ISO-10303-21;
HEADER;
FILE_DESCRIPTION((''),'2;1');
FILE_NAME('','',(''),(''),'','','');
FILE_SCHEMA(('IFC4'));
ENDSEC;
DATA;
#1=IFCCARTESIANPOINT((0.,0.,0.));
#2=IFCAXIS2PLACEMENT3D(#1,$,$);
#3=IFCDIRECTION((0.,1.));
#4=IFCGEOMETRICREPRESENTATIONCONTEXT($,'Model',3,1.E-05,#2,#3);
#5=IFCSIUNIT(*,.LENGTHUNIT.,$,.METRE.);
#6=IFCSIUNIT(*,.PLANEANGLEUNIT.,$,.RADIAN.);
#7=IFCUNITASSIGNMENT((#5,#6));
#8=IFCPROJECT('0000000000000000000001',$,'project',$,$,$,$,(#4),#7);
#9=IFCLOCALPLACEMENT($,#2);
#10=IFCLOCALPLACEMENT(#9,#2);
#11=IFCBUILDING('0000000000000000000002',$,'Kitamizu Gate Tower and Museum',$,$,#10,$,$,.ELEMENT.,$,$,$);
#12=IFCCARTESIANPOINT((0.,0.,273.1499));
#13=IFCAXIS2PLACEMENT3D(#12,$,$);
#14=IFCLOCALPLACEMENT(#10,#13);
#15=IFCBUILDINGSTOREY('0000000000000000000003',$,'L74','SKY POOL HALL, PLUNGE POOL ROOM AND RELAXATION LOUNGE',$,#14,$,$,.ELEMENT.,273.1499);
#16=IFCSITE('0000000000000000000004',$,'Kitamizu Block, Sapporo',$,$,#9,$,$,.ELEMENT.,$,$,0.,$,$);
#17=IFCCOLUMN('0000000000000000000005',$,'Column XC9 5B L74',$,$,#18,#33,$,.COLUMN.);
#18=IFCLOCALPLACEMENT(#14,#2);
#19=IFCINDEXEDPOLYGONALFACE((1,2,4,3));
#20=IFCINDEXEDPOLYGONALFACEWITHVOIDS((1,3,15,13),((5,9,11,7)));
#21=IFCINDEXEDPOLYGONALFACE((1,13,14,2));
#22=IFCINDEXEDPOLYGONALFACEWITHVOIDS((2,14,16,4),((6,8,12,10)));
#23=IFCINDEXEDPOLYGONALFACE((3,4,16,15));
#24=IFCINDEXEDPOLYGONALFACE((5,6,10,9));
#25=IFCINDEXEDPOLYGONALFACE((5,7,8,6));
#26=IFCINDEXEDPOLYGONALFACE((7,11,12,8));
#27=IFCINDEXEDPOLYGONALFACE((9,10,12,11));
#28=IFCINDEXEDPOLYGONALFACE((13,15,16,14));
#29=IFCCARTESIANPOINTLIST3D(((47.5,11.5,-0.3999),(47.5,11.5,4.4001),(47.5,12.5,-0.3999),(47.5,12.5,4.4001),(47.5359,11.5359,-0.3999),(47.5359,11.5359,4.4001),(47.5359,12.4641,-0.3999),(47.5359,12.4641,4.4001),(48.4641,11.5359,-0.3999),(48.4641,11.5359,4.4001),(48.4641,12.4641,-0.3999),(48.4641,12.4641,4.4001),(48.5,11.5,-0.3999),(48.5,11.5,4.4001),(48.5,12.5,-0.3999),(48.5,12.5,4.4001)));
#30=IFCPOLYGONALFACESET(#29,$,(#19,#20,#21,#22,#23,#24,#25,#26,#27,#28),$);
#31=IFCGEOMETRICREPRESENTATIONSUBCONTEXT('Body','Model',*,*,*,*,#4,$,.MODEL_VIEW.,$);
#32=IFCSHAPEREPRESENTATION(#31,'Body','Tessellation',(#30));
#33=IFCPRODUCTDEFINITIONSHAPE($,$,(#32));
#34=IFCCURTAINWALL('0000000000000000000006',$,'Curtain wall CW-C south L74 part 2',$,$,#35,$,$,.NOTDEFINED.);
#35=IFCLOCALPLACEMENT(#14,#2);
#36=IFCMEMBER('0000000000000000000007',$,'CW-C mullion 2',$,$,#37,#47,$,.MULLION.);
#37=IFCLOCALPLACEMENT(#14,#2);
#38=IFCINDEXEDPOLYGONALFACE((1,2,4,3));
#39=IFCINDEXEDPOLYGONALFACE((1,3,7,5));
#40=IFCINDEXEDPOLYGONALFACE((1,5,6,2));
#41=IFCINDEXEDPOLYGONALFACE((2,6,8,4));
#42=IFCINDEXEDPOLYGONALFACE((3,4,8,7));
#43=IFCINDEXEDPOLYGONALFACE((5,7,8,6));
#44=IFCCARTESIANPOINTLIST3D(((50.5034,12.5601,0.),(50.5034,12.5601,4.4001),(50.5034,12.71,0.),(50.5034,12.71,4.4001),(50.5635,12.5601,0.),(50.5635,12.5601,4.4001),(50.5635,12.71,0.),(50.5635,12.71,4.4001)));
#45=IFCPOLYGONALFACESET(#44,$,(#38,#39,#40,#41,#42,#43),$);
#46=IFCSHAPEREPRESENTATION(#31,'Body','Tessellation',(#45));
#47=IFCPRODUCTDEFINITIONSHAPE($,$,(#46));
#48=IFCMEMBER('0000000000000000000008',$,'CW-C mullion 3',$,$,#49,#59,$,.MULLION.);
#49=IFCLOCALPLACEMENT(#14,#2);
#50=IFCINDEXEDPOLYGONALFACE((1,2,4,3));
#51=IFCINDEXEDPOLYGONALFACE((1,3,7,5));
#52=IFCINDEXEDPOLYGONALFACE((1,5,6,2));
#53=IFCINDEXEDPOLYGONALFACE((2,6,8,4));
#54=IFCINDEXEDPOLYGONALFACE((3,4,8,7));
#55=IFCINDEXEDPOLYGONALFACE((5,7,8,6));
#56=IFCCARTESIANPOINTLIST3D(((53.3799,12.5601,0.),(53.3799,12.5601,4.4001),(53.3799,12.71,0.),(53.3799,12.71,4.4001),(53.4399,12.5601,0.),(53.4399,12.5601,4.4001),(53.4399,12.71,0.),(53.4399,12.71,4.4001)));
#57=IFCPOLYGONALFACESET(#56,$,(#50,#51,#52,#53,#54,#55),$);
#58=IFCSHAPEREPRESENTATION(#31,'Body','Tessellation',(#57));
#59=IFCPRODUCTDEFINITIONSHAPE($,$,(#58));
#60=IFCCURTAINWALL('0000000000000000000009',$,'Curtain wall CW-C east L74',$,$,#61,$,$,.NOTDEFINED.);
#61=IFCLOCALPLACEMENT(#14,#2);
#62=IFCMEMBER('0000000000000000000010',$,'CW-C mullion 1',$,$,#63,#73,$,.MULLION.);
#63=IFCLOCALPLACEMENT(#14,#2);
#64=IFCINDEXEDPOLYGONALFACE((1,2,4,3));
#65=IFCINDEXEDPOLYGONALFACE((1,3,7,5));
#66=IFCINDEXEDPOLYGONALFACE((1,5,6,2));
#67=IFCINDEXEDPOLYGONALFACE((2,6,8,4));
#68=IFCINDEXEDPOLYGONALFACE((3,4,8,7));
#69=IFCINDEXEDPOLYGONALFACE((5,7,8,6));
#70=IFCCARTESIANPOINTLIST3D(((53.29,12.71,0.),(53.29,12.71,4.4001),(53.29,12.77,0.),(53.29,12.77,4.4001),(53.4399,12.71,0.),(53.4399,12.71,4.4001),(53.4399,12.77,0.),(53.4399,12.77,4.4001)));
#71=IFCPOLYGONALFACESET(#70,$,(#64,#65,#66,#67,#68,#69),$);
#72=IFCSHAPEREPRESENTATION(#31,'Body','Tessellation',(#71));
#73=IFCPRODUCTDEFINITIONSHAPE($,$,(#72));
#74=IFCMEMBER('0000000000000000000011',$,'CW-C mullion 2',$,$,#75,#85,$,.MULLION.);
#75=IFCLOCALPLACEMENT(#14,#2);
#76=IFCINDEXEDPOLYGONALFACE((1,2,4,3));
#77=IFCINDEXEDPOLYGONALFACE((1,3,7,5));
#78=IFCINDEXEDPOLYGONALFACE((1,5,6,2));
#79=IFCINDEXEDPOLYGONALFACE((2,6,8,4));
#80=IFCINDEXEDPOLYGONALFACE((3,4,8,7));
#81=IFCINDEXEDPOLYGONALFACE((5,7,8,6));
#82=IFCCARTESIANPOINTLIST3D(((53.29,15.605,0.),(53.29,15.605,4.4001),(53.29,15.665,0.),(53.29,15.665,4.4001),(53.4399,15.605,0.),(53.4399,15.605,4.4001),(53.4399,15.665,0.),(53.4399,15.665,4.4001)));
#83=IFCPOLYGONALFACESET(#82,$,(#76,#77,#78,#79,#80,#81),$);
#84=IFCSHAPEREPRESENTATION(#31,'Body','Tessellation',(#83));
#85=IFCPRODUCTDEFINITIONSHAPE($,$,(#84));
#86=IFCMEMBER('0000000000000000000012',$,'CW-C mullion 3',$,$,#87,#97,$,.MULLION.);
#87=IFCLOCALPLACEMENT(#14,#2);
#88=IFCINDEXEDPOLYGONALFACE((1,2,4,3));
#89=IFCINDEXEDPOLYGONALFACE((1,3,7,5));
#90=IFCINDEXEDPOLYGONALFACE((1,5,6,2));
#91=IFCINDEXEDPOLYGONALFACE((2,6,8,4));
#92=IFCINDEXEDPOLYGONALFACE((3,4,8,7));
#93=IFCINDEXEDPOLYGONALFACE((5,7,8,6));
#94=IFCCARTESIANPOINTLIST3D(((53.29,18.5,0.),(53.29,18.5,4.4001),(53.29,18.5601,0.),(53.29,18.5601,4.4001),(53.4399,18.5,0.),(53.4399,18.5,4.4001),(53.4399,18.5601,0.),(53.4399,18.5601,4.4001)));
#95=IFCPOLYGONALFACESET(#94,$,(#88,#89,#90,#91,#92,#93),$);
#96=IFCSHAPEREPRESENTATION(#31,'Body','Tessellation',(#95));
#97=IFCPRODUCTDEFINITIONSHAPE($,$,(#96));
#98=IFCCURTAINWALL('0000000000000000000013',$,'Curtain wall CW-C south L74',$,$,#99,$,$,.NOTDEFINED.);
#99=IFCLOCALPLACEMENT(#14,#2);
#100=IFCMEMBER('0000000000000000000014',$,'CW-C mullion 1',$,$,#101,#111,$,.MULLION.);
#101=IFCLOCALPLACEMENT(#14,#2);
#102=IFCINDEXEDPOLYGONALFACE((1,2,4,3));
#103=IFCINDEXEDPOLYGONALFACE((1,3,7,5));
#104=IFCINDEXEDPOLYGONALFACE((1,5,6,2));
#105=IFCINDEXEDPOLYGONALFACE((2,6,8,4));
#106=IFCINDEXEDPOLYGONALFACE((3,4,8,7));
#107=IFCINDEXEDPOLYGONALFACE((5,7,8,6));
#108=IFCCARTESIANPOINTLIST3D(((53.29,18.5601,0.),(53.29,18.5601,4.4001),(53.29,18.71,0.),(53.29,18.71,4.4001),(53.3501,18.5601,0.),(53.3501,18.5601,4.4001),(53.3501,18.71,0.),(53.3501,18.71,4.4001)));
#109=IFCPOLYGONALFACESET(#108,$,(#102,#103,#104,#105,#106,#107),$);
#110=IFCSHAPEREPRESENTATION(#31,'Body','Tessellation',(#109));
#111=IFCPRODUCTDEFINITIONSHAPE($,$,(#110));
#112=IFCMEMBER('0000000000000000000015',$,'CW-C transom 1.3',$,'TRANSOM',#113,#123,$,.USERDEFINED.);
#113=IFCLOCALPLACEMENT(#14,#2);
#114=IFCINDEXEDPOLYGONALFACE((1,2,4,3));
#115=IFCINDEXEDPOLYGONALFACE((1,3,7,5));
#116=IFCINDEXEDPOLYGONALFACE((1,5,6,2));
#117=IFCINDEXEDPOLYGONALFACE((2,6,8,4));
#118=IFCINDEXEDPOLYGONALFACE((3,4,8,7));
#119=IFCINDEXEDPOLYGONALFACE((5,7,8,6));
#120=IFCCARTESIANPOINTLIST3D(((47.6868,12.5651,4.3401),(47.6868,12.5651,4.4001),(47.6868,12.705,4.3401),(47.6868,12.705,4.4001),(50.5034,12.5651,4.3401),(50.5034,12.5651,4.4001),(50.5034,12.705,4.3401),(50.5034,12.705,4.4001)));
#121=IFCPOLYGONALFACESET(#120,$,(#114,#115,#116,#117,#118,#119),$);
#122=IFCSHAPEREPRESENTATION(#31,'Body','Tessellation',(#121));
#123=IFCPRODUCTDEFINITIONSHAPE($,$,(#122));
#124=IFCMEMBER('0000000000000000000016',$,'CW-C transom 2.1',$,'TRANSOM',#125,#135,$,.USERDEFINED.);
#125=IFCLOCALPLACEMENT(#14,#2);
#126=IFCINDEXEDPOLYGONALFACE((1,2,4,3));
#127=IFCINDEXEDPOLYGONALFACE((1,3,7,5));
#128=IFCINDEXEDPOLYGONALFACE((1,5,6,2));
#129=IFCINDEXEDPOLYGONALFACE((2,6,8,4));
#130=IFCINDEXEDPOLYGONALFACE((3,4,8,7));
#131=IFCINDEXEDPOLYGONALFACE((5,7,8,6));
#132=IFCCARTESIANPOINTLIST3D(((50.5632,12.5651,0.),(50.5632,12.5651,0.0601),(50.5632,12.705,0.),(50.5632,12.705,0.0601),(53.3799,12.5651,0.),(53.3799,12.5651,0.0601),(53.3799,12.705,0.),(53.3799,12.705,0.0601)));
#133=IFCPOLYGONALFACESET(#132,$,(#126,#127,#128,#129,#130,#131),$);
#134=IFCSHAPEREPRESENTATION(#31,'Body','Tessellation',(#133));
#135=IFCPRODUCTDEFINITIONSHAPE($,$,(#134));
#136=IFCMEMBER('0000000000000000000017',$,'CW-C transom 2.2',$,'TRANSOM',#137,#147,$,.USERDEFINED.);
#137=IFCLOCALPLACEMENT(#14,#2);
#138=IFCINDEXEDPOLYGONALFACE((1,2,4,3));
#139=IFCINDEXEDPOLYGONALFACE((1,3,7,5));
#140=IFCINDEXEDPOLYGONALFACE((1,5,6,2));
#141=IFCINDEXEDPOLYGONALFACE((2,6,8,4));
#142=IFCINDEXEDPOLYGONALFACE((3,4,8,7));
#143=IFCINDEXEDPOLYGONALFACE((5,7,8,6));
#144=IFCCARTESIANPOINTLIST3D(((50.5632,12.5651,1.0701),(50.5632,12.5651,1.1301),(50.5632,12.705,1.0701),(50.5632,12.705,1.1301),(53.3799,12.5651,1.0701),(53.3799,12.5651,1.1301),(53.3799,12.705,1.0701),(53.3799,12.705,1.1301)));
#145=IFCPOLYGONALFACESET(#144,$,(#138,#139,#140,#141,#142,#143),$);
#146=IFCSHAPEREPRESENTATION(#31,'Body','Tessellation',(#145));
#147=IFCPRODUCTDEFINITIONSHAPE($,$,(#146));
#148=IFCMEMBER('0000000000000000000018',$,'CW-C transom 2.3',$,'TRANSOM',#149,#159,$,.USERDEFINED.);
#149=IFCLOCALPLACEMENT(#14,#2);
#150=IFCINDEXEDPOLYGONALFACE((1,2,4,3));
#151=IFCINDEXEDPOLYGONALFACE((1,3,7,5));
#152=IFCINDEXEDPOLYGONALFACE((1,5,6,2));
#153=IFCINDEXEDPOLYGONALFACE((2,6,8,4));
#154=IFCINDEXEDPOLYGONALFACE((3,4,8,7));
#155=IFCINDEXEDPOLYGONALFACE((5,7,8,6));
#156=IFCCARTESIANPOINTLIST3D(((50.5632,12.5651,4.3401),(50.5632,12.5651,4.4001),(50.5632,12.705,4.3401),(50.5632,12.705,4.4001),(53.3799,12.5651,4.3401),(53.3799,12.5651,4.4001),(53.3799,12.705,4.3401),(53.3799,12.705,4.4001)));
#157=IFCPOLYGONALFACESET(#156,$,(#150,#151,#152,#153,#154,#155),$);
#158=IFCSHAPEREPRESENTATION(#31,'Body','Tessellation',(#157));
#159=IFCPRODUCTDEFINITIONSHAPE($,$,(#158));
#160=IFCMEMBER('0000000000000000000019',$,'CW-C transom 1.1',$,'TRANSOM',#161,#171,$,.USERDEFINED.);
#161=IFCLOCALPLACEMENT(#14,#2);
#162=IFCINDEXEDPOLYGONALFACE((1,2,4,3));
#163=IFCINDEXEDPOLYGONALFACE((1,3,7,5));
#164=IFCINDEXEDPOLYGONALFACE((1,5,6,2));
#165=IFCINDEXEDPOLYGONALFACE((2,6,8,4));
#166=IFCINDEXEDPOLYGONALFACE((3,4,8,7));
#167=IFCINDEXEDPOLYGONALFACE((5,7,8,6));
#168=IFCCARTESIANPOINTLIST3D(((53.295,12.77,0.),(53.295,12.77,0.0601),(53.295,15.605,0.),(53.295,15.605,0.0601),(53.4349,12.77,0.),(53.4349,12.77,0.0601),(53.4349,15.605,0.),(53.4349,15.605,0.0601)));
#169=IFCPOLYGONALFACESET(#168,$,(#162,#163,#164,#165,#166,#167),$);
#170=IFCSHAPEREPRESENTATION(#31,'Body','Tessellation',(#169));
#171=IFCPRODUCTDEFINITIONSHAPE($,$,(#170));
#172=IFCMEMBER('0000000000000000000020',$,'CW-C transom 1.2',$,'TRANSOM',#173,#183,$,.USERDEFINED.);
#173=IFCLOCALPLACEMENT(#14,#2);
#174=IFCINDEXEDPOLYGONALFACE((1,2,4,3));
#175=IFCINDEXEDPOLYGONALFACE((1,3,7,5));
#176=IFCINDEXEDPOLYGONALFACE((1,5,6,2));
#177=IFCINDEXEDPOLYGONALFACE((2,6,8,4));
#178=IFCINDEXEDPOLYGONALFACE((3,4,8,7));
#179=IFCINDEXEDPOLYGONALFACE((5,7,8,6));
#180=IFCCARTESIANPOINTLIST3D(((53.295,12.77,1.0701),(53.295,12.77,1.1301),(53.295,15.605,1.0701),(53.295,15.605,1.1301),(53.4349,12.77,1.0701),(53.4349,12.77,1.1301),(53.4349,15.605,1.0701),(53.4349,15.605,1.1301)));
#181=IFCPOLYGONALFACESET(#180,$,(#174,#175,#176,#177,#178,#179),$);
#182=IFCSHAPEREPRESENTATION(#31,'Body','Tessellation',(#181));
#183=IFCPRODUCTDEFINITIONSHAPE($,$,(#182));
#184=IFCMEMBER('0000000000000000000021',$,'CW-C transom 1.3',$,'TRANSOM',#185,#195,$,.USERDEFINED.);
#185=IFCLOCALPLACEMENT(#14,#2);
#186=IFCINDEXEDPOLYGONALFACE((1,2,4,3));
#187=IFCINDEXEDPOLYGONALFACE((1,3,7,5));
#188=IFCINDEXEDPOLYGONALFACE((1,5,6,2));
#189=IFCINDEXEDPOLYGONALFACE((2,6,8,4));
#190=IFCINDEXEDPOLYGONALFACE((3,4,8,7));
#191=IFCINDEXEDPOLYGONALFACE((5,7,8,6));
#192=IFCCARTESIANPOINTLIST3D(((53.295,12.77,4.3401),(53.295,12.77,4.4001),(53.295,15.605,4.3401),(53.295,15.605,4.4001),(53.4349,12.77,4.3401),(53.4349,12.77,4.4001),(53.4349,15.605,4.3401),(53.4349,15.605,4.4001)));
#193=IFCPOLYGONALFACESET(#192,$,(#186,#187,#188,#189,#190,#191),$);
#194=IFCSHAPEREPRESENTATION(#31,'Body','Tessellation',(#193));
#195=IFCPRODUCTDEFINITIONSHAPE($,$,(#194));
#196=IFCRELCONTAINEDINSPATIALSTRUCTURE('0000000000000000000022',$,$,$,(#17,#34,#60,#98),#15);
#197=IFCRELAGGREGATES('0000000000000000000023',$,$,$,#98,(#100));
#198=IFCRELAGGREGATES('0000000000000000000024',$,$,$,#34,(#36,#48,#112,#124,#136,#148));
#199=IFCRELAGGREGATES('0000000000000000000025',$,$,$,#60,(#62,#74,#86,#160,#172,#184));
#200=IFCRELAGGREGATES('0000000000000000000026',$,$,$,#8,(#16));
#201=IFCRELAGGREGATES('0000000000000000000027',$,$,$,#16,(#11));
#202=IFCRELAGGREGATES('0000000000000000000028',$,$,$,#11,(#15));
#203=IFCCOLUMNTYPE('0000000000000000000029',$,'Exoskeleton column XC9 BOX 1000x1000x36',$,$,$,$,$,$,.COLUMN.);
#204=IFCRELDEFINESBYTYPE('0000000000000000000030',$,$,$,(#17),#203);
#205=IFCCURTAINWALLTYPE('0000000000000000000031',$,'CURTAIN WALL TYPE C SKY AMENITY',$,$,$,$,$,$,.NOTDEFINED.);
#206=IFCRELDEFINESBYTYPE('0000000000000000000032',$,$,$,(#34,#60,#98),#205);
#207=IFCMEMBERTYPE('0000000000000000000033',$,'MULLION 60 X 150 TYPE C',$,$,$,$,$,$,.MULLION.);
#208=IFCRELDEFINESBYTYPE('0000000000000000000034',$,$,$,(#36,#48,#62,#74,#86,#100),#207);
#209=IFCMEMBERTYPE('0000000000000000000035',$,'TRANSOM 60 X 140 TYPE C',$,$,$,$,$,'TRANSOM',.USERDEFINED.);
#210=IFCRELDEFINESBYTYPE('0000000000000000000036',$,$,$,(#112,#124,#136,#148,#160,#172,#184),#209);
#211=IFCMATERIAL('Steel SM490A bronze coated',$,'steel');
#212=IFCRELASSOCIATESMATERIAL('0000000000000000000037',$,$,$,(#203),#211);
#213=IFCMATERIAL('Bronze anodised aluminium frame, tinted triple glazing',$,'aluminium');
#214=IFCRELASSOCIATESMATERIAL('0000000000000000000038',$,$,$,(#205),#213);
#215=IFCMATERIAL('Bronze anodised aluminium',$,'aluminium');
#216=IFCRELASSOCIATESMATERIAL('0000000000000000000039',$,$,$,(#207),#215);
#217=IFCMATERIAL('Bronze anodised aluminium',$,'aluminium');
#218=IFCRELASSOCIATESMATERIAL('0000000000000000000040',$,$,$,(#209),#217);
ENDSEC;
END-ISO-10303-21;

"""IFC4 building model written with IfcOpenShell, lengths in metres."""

from ifc_helpers import new_model, si_unit, direction, frame, origin, origin_2d, place, context, subcontext, project, spatial, rectangle, hollow_rectangle, extrude, material, material_profile, profile_set, type_object, element, aggregate, save


model = new_model("IFC4")

# Units and contexts
model_context = context("Model", 3, precision=1e-05, world=origin(), true_north=direction((0.0, 1.0)))
body_context = subcontext(model_context, "Body", "Model", "MODEL_VIEW")
ifc_project = project(units=[si_unit("LENGTHUNIT", "METRE"), si_unit("PLANEANGLEUNIT", "RADIAN")], contexts=[model_context])

# Site, building, storey
site_placement = place(None, origin())
site = spatial("IfcSite", under=ifc_project, at=site_placement, Name="Kitamizu Block, Sapporo", CompositionType="ELEMENT", RefElevation=0.0)
building_placement = place(site_placement, origin())
building = spatial("IfcBuilding", under=site, at=building_placement, Name="Kitamizu Gate Tower and Museum", CompositionType="ELEMENT")
storey_placement = place(building_placement, frame((0.0, 0.0, 273.1499)))
storey = spatial("IfcBuildingStorey", under=building, at=storey_placement, Name="L74", Description="SKY POOL HALL, PLUNGE POOL ROOM AND RELAXATION LOUNGE", CompositionType="ELEMENT", Elevation=273.1499)

# Column
ifc_material_1 = material(Name="Steel SM490A bronze coated", Category="steel")
ifc_material_profile_1 = material_profile(ifc_material_1, hollow_rectangle(XDim=1.0, YDim=1.0, WallThickness=0.0359, at=origin_2d()), Name="BOX 1000x1000x36")
ifc_profile_set_1 = profile_set([ifc_material_profile_1], Name="Steel SM490A bronze coated")
column_type = type_object("IfcColumnType", Name="Exoskeleton column XC9 BOX 1000x1000x36", PredefinedType="COLUMN", material=ifc_profile_set_1)
column_placement = place(storey_placement, frame((48.0, 12.0, -0.3999), z_axis=(0.0, 0.0, 1.0), x_axis=(1.0, 0.0, 0.0)))
element("IfcColumn", 1, at=column_placement, inside=storey, type_object=column_type, Name="Column XC9 5B L74", PredefinedType="COLUMN", context=body_context, shape_type="SweptSolid", body=[
    extrude(hollow_rectangle(XDim=1.0, YDim=1.0, WallThickness=0.0359, at=origin_2d()), origin(), (0.0, 0.0, 1.0), 4.8),
])

# Curtain walls, members
ifc_material_2 = material(Name="Bronze anodised aluminium frame, tinted triple glazing", Category="aluminium")
curtain_wall_type = type_object("IfcCurtainWallType", Name="CURTAIN WALL TYPE C SKY AMENITY", PredefinedType="NOTDEFINED", material=ifc_material_2)
curtain_wall_1_placement = place(storey_placement, origin())
curtain_wall_1 = element("IfcCurtainWall", 2, at=curtain_wall_1_placement, inside=storey, type_object=curtain_wall_type, Name="Curtain wall CW-C south L74 part 2", PredefinedType="NOTDEFINED")
ifc_material_3 = material(Name="Bronze anodised aluminium", Category="aluminium")
ifc_material_profile_2 = material_profile(ifc_material_3, rectangle(XDim=0.0601, YDim=0.1499, at=origin_2d()), Name="AL 60X150")
ifc_profile_set_2 = profile_set([ifc_material_profile_2], Name="Bronze anodised aluminium")
member_type_1 = type_object("IfcMemberType", Name="MULLION 60 X 150 TYPE C", PredefinedType="MULLION", material=ifc_profile_set_2)
member_1_placement = place(storey_placement, frame((50.5334, 12.635, 0.0), z_axis=(0.0, 0.0, 1.0), x_axis=(1.0, 0.0, 0.0)))
member_1 = element("IfcMember", 3, at=member_1_placement, type_object=member_type_1, Name="CW-C mullion 2", PredefinedType="MULLION", context=body_context, shape_type="SweptSolid", body=[
    extrude(rectangle(XDim=0.0601, YDim=0.1499, at=origin_2d()), origin(), (0.0, 0.0, 1.0), 4.4001),
])
member_2_placement = place(storey_placement, frame((53.4099, 12.635, 0.0), z_axis=(0.0, 0.0, 1.0), x_axis=(1.0, 0.0, 0.0)))
member_2 = element("IfcMember", 4, at=member_2_placement, type_object=member_type_1, Name="CW-C mullion 3", PredefinedType="MULLION", context=body_context, shape_type="SweptSolid", body=[
    extrude(rectangle(XDim=0.0601, YDim=0.1499, at=origin_2d()), origin(), (0.0, 0.0, 1.0), 4.4001),
])
curtain_wall_2_placement = place(storey_placement, origin())
curtain_wall_2 = element("IfcCurtainWall", 5, at=curtain_wall_2_placement, inside=storey, type_object=curtain_wall_type, Name="Curtain wall CW-C east L74", PredefinedType="NOTDEFINED")
member_3_placement = place(storey_placement, frame((53.365, 12.74, 0.0), z_axis=(0.0, 0.0, 1.0), x_axis=(0.0, 1.0, 0.0)))
member_3 = element("IfcMember", 6, at=member_3_placement, type_object=member_type_1, Name="CW-C mullion 1", PredefinedType="MULLION", context=body_context, shape_type="SweptSolid", body=[
    extrude(rectangle(XDim=0.0601, YDim=0.1499, at=origin_2d()), origin(), (0.0, 0.0, 1.0), 4.4001),
])
member_4_placement = place(storey_placement, frame((53.365, 15.635, 0.0), z_axis=(0.0, 0.0, 1.0), x_axis=(0.0, 1.0, 0.0)))
member_4 = element("IfcMember", 7, at=member_4_placement, type_object=member_type_1, Name="CW-C mullion 2", PredefinedType="MULLION", context=body_context, shape_type="SweptSolid", body=[
    extrude(rectangle(XDim=0.0601, YDim=0.1499, at=origin_2d()), origin(), (0.0, 0.0, 1.0), 4.4001),
])
member_5_placement = place(storey_placement, frame((53.365, 18.53, 0.0), z_axis=(0.0, 0.0, 1.0), x_axis=(0.0, 1.0, 0.0)))
member_5 = element("IfcMember", 8, at=member_5_placement, type_object=member_type_1, Name="CW-C mullion 3", PredefinedType="MULLION", context=body_context, shape_type="SweptSolid", body=[
    extrude(rectangle(XDim=0.0601, YDim=0.1499, at=origin_2d()), origin(), (0.0, 0.0, 1.0), 4.4001),
])

# Curtain wall, member
curtain_wall_3_placement = place(storey_placement, origin())
curtain_wall_3 = element("IfcCurtainWall", 9, at=curtain_wall_3_placement, inside=storey, type_object=curtain_wall_type, Name="Curtain wall CW-C south L74", PredefinedType="NOTDEFINED")
member_6_placement = place(storey_placement, frame((53.3201, 18.635, 0.0), z_axis=(0.0, 0.0, 1.0), x_axis=(1.0, 0.0, 0.0)))
member_6 = element("IfcMember", 10, at=member_6_placement, type_object=member_type_1, Name="CW-C mullion 1", PredefinedType="MULLION", context=body_context, shape_type="SweptSolid", body=[
    extrude(rectangle(XDim=0.0601, YDim=0.1499, at=origin_2d()), origin(), (0.0, 0.0, 1.0), 4.4001),
])

# Members
ifc_material_4 = material(Name="Bronze anodised aluminium", Category="aluminium")
ifc_material_profile_3 = material_profile(ifc_material_4, rectangle(XDim=0.1399, YDim=0.0601, at=origin_2d()), Name="AL 60X140")
ifc_profile_set_3 = profile_set([ifc_material_profile_3], Name="Bronze anodised aluminium")
member_type_2 = type_object("IfcMemberType", Name="TRANSOM 60 X 140 TYPE C", ElementType="TRANSOM", PredefinedType="USERDEFINED", material=ifc_profile_set_3)
member_7_placement = place(storey_placement, frame((47.6868, 12.635, 4.3701), z_axis=(1.0, 0.0, 0.0), x_axis=(0.0, 1.0, 0.0)))
member_7 = element("IfcMember", 11, at=member_7_placement, type_object=member_type_2, Name="CW-C transom 1.3", ObjectType="TRANSOM", PredefinedType="USERDEFINED", context=body_context, shape_type="SweptSolid", body=[
    extrude(rectangle(XDim=0.1399, YDim=0.0601, at=origin_2d()), origin(), (0.0, 0.0, 1.0), 2.8167),
])
member_8_placement = place(storey_placement, frame((50.5632, 12.635, 0.03), z_axis=(1.0, 0.0, 0.0), x_axis=(0.0, 1.0, 0.0)))
member_8 = element("IfcMember", 12, at=member_8_placement, type_object=member_type_2, Name="CW-C transom 2.1", ObjectType="TRANSOM", PredefinedType="USERDEFINED", context=body_context, shape_type="SweptSolid", body=[
    extrude(rectangle(XDim=0.1399, YDim=0.0601, at=origin_2d()), origin(), (0.0, 0.0, 1.0), 2.8167),
])
member_9_placement = place(storey_placement, frame((50.5632, 12.635, 1.1001), z_axis=(1.0, 0.0, 0.0), x_axis=(0.0, 1.0, 0.0)))
member_9 = element("IfcMember", 13, at=member_9_placement, type_object=member_type_2, Name="CW-C transom 2.2", ObjectType="TRANSOM", PredefinedType="USERDEFINED", context=body_context, shape_type="SweptSolid", body=[
    extrude(rectangle(XDim=0.1399, YDim=0.0601, at=origin_2d()), origin(), (0.0, 0.0, 1.0), 2.8167),
])
member_10_placement = place(storey_placement, frame((50.5632, 12.635, 4.3701), z_axis=(1.0, 0.0, 0.0), x_axis=(0.0, 1.0, 0.0)))
member_10 = element("IfcMember", 14, at=member_10_placement, type_object=member_type_2, Name="CW-C transom 2.3", ObjectType="TRANSOM", PredefinedType="USERDEFINED", context=body_context, shape_type="SweptSolid", body=[
    extrude(rectangle(XDim=0.1399, YDim=0.0601, at=origin_2d()), origin(), (0.0, 0.0, 1.0), 2.8167),
])
member_11_placement = place(storey_placement, frame((53.365, 12.77, 0.03), z_axis=(0.0, 1.0, 0.0), x_axis=(-1.0, 0.0, 0.0)))
member_11 = element("IfcMember", 15, at=member_11_placement, type_object=member_type_2, Name="CW-C transom 1.1", ObjectType="TRANSOM", PredefinedType="USERDEFINED", context=body_context, shape_type="SweptSolid", body=[
    extrude(rectangle(XDim=0.1399, YDim=0.0601, at=origin_2d()), origin(), (0.0, 0.0, 1.0), 2.835),
])
member_12_placement = place(storey_placement, frame((53.365, 12.77, 1.1001), z_axis=(0.0, 1.0, 0.0), x_axis=(-1.0, 0.0, 0.0)))
member_12 = element("IfcMember", 16, at=member_12_placement, type_object=member_type_2, Name="CW-C transom 1.2", ObjectType="TRANSOM", PredefinedType="USERDEFINED", context=body_context, shape_type="SweptSolid", body=[
    extrude(rectangle(XDim=0.1399, YDim=0.0601, at=origin_2d()), origin(), (0.0, 0.0, 1.0), 2.835),
])
member_13_placement = place(storey_placement, frame((53.365, 12.77, 4.3701), z_axis=(0.0, 1.0, 0.0), x_axis=(-1.0, 0.0, 0.0)))
member_13 = element("IfcMember", 17, at=member_13_placement, type_object=member_type_2, Name="CW-C transom 1.3", ObjectType="TRANSOM", PredefinedType="USERDEFINED", context=body_context, shape_type="SweptSolid", body=[
    extrude(rectangle(XDim=0.1399, YDim=0.0601, at=origin_2d()), origin(), (0.0, 0.0, 1.0), 2.835),
])
aggregate(curtain_wall_3, [member_6])

aggregate(curtain_wall_1, [member_1, member_2, member_7, member_8, member_9, member_10])
aggregate(curtain_wall_2, [member_3, member_4, member_5, member_11, member_12, member_13])

save(model, "model.ifc")
